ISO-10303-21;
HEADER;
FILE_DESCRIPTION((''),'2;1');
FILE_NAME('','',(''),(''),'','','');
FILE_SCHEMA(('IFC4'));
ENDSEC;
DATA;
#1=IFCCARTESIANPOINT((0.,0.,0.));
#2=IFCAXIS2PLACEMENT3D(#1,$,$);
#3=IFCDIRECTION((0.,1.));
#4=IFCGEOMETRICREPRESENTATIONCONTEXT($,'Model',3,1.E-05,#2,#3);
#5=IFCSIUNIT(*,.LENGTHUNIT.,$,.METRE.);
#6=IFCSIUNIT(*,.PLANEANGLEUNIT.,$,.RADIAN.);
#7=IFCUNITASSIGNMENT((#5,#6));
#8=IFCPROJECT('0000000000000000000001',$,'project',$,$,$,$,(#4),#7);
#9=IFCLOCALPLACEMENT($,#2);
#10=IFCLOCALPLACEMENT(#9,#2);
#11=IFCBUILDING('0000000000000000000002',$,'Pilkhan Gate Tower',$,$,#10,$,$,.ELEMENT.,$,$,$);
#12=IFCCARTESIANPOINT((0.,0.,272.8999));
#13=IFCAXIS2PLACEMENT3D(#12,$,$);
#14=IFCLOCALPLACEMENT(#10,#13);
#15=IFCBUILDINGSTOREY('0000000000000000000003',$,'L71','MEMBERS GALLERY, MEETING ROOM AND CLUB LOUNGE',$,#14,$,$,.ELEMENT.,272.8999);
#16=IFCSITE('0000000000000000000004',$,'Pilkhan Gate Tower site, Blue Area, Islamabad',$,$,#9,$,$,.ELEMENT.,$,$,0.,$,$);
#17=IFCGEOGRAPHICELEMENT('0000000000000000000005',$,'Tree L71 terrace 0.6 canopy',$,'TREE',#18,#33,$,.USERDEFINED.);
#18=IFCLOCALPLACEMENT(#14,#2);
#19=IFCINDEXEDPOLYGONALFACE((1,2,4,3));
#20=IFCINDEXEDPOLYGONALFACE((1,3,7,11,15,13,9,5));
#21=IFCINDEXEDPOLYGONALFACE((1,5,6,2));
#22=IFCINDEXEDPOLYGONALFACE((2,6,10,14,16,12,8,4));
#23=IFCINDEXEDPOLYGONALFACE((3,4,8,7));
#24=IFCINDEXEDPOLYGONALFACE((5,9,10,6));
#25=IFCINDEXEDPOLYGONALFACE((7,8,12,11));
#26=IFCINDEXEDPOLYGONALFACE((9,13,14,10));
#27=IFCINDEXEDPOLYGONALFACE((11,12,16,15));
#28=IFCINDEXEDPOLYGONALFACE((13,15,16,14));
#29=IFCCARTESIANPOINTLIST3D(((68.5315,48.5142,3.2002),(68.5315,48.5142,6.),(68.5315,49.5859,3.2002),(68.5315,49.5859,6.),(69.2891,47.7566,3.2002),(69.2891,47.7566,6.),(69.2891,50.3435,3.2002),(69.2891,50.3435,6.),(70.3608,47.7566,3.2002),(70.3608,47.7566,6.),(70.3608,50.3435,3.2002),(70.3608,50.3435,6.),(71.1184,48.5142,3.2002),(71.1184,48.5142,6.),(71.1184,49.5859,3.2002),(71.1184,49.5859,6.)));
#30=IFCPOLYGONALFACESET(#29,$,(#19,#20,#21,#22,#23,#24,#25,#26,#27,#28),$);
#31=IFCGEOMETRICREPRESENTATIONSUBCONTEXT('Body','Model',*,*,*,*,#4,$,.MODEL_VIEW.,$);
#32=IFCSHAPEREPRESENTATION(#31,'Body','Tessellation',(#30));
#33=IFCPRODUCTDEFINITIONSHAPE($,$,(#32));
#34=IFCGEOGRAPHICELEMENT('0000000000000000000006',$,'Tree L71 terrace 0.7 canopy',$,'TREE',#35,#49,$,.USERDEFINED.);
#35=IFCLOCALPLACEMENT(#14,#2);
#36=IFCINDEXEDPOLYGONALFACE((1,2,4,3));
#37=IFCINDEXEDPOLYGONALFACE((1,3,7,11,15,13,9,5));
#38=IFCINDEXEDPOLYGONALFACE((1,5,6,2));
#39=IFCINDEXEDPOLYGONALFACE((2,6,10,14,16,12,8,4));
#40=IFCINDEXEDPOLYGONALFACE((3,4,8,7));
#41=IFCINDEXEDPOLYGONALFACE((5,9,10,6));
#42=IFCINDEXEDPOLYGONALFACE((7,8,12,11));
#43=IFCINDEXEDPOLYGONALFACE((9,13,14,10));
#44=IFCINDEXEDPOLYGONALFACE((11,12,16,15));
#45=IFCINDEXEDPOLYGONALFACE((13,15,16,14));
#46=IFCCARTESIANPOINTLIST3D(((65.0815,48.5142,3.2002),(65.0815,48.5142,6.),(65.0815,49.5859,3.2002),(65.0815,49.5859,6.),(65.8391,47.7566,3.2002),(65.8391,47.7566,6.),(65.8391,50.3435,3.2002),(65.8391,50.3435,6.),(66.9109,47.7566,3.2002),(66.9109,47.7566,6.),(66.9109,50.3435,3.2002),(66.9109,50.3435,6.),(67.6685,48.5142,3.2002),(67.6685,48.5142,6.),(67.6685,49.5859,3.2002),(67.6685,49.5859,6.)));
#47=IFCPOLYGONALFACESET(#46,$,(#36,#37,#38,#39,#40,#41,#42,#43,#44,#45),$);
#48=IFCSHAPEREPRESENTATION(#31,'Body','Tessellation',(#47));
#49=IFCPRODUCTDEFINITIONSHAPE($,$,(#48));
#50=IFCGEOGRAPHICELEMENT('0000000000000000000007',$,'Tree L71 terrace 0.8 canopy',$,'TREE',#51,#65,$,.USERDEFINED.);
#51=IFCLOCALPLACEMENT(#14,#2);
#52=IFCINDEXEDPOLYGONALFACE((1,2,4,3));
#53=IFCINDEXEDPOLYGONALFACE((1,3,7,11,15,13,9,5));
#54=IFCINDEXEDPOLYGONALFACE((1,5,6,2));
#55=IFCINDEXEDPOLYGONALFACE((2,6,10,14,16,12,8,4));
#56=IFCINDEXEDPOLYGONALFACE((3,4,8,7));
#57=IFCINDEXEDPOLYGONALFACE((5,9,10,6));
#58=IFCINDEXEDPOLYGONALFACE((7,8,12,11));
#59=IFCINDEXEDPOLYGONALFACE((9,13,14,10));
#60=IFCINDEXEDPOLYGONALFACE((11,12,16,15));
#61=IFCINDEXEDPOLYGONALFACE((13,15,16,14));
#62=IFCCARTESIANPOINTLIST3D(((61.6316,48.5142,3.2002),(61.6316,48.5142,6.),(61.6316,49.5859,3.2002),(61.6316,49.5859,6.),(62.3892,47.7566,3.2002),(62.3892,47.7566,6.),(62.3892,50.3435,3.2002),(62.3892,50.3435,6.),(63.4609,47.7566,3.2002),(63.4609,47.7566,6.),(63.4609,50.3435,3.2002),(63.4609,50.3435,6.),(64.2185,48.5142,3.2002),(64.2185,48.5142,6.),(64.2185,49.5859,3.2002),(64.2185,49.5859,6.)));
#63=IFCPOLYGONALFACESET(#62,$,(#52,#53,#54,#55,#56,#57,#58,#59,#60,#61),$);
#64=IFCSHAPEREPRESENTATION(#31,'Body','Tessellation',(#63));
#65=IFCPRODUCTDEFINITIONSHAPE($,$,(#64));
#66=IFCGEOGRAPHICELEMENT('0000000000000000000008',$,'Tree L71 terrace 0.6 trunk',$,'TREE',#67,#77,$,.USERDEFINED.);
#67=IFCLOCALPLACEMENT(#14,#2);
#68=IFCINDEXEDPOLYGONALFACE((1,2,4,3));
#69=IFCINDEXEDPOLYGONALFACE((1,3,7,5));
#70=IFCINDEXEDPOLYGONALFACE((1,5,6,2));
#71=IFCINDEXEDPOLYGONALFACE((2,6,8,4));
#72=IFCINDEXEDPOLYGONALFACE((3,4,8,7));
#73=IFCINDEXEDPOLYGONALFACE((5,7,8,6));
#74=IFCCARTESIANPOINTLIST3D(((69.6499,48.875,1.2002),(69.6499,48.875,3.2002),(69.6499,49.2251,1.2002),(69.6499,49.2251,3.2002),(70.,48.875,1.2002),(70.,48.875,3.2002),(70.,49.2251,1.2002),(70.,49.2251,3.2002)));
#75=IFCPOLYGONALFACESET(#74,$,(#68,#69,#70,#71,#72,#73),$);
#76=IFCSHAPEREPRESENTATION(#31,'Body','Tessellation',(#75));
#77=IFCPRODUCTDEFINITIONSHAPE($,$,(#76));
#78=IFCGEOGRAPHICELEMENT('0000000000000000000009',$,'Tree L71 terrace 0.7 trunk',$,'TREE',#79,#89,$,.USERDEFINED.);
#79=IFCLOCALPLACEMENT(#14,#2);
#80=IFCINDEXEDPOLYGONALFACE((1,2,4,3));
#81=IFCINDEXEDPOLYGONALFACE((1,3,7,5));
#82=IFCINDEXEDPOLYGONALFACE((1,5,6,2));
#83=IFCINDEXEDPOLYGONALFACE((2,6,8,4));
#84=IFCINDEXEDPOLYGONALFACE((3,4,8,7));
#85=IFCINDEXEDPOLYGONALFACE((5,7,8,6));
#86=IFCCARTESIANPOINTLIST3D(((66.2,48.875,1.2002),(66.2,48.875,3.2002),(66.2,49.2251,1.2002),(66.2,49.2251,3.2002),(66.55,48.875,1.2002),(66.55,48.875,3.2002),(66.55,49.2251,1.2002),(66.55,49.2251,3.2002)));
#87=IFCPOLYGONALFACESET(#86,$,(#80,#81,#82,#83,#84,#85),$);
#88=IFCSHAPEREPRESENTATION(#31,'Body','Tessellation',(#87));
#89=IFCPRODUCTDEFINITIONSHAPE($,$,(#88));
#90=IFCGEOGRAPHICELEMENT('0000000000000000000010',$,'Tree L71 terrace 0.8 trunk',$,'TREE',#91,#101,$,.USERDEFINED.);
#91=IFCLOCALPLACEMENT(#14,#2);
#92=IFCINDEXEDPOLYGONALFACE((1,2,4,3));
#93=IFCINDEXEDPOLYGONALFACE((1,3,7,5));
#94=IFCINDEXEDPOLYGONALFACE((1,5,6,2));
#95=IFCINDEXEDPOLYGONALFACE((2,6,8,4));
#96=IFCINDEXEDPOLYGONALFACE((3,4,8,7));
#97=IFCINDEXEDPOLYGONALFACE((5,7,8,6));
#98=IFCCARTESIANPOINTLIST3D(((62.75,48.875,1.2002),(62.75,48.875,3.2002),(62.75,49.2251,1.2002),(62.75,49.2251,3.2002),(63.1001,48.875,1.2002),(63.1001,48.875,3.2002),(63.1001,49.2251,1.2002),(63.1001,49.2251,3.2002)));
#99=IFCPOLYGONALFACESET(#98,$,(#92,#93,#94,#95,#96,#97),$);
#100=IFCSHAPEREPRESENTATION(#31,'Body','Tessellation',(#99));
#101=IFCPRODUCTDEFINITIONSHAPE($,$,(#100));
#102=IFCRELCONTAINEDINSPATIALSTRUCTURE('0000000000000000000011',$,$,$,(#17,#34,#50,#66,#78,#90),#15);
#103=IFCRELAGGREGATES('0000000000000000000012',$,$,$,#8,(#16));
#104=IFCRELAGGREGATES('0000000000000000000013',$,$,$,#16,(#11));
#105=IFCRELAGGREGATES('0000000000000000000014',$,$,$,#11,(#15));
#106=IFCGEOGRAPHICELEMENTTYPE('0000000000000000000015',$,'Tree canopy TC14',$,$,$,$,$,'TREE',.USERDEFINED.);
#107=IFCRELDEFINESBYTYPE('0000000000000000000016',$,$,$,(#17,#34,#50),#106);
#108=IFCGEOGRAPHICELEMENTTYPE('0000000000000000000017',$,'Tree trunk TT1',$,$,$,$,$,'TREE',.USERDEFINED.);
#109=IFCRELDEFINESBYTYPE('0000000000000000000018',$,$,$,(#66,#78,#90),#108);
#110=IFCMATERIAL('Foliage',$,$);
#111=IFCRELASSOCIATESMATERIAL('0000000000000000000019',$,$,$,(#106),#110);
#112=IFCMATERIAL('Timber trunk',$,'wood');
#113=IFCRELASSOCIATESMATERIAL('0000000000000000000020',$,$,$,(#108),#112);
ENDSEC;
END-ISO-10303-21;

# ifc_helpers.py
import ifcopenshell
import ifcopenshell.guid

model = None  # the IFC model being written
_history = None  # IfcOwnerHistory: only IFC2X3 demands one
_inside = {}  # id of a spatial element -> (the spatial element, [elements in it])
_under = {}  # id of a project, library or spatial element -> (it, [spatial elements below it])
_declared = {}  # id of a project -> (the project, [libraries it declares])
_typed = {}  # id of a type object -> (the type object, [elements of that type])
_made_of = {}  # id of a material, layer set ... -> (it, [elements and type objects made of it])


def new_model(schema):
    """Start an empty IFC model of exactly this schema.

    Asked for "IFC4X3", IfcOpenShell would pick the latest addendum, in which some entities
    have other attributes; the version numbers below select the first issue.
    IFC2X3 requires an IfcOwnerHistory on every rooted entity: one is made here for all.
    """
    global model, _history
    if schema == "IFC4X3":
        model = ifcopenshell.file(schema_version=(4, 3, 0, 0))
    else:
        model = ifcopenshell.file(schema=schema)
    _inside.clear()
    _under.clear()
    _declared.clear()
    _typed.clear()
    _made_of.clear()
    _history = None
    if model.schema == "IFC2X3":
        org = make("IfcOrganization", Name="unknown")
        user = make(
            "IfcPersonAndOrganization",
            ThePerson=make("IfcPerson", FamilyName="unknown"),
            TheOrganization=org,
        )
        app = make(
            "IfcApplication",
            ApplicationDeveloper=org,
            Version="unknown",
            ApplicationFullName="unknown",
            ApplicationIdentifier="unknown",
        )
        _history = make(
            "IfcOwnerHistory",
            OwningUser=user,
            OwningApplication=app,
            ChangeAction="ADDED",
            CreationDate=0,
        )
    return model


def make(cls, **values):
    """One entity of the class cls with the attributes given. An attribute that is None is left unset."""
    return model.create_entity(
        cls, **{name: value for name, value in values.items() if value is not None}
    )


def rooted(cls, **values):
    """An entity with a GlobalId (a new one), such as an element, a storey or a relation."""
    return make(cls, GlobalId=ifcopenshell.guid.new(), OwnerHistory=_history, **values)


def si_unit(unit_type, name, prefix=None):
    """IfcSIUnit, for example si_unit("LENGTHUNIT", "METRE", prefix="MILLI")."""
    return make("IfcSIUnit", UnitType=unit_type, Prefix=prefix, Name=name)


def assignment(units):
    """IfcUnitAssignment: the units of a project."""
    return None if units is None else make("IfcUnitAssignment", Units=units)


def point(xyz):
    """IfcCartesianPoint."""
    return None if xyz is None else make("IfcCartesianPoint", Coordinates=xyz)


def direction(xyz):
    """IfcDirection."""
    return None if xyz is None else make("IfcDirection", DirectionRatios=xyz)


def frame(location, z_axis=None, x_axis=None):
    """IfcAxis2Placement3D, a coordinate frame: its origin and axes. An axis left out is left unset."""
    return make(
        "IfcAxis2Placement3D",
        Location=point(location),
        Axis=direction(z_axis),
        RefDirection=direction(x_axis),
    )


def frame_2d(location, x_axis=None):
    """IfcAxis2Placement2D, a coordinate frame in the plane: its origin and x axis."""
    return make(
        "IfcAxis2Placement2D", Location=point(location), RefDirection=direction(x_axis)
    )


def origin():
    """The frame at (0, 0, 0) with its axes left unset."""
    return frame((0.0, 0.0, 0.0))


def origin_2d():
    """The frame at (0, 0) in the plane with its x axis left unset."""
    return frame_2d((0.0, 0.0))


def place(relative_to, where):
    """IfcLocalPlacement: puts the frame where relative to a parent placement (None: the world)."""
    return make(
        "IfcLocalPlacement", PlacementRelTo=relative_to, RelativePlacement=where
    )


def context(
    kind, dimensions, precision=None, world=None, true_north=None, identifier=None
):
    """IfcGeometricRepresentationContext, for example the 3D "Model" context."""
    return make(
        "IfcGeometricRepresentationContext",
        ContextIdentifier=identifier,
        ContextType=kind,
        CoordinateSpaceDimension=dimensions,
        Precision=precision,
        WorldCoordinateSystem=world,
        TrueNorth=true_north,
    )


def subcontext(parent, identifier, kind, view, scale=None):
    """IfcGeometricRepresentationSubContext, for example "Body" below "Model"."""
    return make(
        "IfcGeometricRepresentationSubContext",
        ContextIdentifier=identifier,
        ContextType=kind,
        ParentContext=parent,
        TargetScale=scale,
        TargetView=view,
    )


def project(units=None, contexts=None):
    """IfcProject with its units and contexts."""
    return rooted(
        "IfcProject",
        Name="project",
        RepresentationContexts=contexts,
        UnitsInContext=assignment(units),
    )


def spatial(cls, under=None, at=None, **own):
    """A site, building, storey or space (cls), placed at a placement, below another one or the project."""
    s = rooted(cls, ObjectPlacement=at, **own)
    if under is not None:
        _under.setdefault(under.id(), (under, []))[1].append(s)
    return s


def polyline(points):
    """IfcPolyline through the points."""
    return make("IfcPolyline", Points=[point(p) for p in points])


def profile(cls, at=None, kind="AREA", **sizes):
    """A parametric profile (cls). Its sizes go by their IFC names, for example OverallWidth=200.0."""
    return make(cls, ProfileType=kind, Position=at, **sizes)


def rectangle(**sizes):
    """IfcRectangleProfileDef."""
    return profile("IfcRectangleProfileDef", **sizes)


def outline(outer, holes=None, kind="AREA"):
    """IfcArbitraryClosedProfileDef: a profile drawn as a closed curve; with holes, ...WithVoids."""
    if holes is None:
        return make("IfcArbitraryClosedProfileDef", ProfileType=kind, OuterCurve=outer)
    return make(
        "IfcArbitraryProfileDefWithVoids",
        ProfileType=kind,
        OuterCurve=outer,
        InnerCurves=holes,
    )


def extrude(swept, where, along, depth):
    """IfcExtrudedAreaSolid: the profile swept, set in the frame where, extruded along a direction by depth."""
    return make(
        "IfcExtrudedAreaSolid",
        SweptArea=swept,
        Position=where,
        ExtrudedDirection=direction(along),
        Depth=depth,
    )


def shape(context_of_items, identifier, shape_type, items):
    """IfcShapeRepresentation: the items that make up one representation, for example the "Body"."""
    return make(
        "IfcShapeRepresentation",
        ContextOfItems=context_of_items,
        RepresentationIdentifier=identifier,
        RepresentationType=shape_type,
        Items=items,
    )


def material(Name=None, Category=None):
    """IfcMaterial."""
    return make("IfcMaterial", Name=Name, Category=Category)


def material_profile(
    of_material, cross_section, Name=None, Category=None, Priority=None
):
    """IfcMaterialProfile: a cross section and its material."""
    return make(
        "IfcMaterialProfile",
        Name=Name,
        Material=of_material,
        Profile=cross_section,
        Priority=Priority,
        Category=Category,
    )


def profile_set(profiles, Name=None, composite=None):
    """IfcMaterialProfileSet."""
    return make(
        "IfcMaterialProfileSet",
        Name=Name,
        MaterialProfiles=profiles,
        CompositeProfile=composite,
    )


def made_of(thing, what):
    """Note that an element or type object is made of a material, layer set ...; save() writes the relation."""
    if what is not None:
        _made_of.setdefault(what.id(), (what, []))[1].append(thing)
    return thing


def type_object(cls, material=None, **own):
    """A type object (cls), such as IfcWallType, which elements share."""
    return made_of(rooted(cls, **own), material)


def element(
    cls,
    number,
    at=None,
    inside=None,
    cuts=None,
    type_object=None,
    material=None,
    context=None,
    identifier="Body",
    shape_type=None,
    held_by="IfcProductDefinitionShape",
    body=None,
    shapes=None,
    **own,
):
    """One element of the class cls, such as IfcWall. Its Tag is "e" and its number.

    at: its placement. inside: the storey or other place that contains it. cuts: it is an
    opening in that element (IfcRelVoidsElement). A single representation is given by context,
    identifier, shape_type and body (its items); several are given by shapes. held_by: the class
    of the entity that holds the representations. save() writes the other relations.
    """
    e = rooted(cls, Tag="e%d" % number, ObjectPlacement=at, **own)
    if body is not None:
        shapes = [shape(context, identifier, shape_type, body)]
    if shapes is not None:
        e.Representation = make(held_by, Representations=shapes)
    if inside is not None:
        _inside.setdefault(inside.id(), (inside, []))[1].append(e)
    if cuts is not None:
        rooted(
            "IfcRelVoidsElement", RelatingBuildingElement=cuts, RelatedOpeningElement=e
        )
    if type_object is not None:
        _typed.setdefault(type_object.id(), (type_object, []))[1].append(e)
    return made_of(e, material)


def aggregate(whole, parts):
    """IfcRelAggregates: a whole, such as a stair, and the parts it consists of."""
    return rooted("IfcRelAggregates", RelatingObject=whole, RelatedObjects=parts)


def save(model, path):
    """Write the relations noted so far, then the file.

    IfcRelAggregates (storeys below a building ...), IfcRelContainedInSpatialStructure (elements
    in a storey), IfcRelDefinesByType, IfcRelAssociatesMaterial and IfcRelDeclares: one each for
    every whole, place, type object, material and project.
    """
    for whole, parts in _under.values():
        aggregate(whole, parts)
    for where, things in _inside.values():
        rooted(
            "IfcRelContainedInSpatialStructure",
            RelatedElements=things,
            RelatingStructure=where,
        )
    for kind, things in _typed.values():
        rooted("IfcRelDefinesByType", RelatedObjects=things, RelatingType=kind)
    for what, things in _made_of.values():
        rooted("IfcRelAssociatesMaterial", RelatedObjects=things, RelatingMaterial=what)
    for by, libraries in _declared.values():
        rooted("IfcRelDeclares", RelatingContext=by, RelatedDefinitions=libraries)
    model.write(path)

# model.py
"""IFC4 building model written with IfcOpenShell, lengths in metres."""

from ifc_helpers import new_model, si_unit, direction, frame, origin, origin_2d, place, context, subcontext, project, spatial, polyline, rectangle, outline, extrude, material, material_profile, profile_set, type_object, element, save


model = new_model("IFC4")

# Units and contexts
model_context = context("Model", 3, precision=1e-05, world=origin(), true_north=direction((0.0, 1.0)))
body_context = subcontext(model_context, "Body", "Model", "MODEL_VIEW")
ifc_project = project(units=[si_unit("LENGTHUNIT", "METRE"), si_unit("PLANEANGLEUNIT", "RADIAN")], contexts=[model_context])

# Site, building, storey
site_placement = place(None, origin())
site = spatial("IfcSite", under=ifc_project, at=site_placement, Name="Pilkhan Gate Tower site, Blue Area, Islamabad", CompositionType="ELEMENT", RefElevation=0.0)
building_placement = place(site_placement, origin())
building = spatial("IfcBuilding", under=site, at=building_placement, Name="Pilkhan Gate Tower", CompositionType="ELEMENT")
storey_placement = place(building_placement, frame((0.0, 0.0, 272.8999)))
storey = spatial("IfcBuildingStorey", under=building, at=storey_placement, Name="L71", Description="MEMBERS GALLERY, MEETING ROOM AND CLUB LOUNGE", CompositionType="ELEMENT", Elevation=272.8999)

# Geographic elements
ifc_material_1 = material(Name="Foliage")
ifc_material_profile_1 = material_profile(ifc_material_1, outline(polyline([(1.2935, 0.5359), (0.5359, 1.2935), (-0.5359, 1.2935), (-1.2935, 0.5359), (-1.2935, -0.5359), (-0.5359, -1.2935), (0.5359, -1.2935), (1.2935, -0.5359), (1.2935, 0.5359)])), Name="Canopy D2.8")
ifc_profile_set_1 = profile_set([ifc_material_profile_1], Name="Foliage")
geographic_element_type_1 = type_object("IfcGeographicElementType", Name="Tree canopy TC14", ElementType="TREE", PredefinedType="USERDEFINED", material=ifc_profile_set_1)
for number, where, z_axis, x_axis, name in (
    (1, (69.825, 49.05, 3.2002), (0.0, 0.0, 1.0), (1.0, 0.0, 0.0), "Tree L71 terrace 0.6 canopy"),
    (2, (66.375, 49.05, 3.2002), (0.0, 0.0, 1.0), (1.0, 0.0, 0.0), "Tree L71 terrace 0.7 canopy"),
    (3, (62.925, 49.05, 3.2002), (0.0, 0.0, 1.0), (1.0, 0.0, 0.0), "Tree L71 terrace 0.8 canopy"),
):
    element("IfcGeographicElement", number, at=place(storey_placement, frame(where, z_axis=z_axis, x_axis=x_axis)), inside=storey, type_object=geographic_element_type_1, Name=name, ObjectType="TREE", PredefinedType="USERDEFINED", context=body_context, shape_type="SweptSolid", body=[
        extrude(outline(polyline([(1.2935, 0.5359), (0.5359, 1.2935), (-0.5359, 1.2935), (-1.2935, 0.5359), (-1.2935, -0.5359), (-0.5359, -1.2935), (0.5359, -1.2935), (1.2935, -0.5359), (1.2935, 0.5359)])), origin(), (0.0, 0.0, 1.0), 2.7998),
    ])
ifc_material_2 = material(Name="Timber trunk", Category="wood")
geographic_element_type_2 = type_object("IfcGeographicElementType", Name="Tree trunk TT1", ElementType="TREE", PredefinedType="USERDEFINED", material=ifc_material_2)
for number, where, z_axis, x_axis, name in (
    (4, (69.825, 49.05, 1.2002), (0.0, 0.0, 1.0), (1.0, 0.0, 0.0), "Tree L71 terrace 0.6 trunk"),
    (5, (66.375, 49.05, 1.2002), (0.0, 0.0, 1.0), (1.0, 0.0, 0.0), "Tree L71 terrace 0.7 trunk"),
    (6, (62.925, 49.05, 1.2002), (0.0, 0.0, 1.0), (1.0, 0.0, 0.0), "Tree L71 terrace 0.8 trunk"),
):
    element("IfcGeographicElement", number, at=place(storey_placement, frame(where, z_axis=z_axis, x_axis=x_axis)), inside=storey, type_object=geographic_element_type_2, Name=name, ObjectType="TREE", PredefinedType="USERDEFINED", context=body_context, shape_type="SweptSolid", body=[
        extrude(rectangle(XDim=0.3501, YDim=0.3501, at=origin_2d()), origin(), (0.0, 0.0, 1.0), 2.0),
    ])

save(model, "model.ifc")
